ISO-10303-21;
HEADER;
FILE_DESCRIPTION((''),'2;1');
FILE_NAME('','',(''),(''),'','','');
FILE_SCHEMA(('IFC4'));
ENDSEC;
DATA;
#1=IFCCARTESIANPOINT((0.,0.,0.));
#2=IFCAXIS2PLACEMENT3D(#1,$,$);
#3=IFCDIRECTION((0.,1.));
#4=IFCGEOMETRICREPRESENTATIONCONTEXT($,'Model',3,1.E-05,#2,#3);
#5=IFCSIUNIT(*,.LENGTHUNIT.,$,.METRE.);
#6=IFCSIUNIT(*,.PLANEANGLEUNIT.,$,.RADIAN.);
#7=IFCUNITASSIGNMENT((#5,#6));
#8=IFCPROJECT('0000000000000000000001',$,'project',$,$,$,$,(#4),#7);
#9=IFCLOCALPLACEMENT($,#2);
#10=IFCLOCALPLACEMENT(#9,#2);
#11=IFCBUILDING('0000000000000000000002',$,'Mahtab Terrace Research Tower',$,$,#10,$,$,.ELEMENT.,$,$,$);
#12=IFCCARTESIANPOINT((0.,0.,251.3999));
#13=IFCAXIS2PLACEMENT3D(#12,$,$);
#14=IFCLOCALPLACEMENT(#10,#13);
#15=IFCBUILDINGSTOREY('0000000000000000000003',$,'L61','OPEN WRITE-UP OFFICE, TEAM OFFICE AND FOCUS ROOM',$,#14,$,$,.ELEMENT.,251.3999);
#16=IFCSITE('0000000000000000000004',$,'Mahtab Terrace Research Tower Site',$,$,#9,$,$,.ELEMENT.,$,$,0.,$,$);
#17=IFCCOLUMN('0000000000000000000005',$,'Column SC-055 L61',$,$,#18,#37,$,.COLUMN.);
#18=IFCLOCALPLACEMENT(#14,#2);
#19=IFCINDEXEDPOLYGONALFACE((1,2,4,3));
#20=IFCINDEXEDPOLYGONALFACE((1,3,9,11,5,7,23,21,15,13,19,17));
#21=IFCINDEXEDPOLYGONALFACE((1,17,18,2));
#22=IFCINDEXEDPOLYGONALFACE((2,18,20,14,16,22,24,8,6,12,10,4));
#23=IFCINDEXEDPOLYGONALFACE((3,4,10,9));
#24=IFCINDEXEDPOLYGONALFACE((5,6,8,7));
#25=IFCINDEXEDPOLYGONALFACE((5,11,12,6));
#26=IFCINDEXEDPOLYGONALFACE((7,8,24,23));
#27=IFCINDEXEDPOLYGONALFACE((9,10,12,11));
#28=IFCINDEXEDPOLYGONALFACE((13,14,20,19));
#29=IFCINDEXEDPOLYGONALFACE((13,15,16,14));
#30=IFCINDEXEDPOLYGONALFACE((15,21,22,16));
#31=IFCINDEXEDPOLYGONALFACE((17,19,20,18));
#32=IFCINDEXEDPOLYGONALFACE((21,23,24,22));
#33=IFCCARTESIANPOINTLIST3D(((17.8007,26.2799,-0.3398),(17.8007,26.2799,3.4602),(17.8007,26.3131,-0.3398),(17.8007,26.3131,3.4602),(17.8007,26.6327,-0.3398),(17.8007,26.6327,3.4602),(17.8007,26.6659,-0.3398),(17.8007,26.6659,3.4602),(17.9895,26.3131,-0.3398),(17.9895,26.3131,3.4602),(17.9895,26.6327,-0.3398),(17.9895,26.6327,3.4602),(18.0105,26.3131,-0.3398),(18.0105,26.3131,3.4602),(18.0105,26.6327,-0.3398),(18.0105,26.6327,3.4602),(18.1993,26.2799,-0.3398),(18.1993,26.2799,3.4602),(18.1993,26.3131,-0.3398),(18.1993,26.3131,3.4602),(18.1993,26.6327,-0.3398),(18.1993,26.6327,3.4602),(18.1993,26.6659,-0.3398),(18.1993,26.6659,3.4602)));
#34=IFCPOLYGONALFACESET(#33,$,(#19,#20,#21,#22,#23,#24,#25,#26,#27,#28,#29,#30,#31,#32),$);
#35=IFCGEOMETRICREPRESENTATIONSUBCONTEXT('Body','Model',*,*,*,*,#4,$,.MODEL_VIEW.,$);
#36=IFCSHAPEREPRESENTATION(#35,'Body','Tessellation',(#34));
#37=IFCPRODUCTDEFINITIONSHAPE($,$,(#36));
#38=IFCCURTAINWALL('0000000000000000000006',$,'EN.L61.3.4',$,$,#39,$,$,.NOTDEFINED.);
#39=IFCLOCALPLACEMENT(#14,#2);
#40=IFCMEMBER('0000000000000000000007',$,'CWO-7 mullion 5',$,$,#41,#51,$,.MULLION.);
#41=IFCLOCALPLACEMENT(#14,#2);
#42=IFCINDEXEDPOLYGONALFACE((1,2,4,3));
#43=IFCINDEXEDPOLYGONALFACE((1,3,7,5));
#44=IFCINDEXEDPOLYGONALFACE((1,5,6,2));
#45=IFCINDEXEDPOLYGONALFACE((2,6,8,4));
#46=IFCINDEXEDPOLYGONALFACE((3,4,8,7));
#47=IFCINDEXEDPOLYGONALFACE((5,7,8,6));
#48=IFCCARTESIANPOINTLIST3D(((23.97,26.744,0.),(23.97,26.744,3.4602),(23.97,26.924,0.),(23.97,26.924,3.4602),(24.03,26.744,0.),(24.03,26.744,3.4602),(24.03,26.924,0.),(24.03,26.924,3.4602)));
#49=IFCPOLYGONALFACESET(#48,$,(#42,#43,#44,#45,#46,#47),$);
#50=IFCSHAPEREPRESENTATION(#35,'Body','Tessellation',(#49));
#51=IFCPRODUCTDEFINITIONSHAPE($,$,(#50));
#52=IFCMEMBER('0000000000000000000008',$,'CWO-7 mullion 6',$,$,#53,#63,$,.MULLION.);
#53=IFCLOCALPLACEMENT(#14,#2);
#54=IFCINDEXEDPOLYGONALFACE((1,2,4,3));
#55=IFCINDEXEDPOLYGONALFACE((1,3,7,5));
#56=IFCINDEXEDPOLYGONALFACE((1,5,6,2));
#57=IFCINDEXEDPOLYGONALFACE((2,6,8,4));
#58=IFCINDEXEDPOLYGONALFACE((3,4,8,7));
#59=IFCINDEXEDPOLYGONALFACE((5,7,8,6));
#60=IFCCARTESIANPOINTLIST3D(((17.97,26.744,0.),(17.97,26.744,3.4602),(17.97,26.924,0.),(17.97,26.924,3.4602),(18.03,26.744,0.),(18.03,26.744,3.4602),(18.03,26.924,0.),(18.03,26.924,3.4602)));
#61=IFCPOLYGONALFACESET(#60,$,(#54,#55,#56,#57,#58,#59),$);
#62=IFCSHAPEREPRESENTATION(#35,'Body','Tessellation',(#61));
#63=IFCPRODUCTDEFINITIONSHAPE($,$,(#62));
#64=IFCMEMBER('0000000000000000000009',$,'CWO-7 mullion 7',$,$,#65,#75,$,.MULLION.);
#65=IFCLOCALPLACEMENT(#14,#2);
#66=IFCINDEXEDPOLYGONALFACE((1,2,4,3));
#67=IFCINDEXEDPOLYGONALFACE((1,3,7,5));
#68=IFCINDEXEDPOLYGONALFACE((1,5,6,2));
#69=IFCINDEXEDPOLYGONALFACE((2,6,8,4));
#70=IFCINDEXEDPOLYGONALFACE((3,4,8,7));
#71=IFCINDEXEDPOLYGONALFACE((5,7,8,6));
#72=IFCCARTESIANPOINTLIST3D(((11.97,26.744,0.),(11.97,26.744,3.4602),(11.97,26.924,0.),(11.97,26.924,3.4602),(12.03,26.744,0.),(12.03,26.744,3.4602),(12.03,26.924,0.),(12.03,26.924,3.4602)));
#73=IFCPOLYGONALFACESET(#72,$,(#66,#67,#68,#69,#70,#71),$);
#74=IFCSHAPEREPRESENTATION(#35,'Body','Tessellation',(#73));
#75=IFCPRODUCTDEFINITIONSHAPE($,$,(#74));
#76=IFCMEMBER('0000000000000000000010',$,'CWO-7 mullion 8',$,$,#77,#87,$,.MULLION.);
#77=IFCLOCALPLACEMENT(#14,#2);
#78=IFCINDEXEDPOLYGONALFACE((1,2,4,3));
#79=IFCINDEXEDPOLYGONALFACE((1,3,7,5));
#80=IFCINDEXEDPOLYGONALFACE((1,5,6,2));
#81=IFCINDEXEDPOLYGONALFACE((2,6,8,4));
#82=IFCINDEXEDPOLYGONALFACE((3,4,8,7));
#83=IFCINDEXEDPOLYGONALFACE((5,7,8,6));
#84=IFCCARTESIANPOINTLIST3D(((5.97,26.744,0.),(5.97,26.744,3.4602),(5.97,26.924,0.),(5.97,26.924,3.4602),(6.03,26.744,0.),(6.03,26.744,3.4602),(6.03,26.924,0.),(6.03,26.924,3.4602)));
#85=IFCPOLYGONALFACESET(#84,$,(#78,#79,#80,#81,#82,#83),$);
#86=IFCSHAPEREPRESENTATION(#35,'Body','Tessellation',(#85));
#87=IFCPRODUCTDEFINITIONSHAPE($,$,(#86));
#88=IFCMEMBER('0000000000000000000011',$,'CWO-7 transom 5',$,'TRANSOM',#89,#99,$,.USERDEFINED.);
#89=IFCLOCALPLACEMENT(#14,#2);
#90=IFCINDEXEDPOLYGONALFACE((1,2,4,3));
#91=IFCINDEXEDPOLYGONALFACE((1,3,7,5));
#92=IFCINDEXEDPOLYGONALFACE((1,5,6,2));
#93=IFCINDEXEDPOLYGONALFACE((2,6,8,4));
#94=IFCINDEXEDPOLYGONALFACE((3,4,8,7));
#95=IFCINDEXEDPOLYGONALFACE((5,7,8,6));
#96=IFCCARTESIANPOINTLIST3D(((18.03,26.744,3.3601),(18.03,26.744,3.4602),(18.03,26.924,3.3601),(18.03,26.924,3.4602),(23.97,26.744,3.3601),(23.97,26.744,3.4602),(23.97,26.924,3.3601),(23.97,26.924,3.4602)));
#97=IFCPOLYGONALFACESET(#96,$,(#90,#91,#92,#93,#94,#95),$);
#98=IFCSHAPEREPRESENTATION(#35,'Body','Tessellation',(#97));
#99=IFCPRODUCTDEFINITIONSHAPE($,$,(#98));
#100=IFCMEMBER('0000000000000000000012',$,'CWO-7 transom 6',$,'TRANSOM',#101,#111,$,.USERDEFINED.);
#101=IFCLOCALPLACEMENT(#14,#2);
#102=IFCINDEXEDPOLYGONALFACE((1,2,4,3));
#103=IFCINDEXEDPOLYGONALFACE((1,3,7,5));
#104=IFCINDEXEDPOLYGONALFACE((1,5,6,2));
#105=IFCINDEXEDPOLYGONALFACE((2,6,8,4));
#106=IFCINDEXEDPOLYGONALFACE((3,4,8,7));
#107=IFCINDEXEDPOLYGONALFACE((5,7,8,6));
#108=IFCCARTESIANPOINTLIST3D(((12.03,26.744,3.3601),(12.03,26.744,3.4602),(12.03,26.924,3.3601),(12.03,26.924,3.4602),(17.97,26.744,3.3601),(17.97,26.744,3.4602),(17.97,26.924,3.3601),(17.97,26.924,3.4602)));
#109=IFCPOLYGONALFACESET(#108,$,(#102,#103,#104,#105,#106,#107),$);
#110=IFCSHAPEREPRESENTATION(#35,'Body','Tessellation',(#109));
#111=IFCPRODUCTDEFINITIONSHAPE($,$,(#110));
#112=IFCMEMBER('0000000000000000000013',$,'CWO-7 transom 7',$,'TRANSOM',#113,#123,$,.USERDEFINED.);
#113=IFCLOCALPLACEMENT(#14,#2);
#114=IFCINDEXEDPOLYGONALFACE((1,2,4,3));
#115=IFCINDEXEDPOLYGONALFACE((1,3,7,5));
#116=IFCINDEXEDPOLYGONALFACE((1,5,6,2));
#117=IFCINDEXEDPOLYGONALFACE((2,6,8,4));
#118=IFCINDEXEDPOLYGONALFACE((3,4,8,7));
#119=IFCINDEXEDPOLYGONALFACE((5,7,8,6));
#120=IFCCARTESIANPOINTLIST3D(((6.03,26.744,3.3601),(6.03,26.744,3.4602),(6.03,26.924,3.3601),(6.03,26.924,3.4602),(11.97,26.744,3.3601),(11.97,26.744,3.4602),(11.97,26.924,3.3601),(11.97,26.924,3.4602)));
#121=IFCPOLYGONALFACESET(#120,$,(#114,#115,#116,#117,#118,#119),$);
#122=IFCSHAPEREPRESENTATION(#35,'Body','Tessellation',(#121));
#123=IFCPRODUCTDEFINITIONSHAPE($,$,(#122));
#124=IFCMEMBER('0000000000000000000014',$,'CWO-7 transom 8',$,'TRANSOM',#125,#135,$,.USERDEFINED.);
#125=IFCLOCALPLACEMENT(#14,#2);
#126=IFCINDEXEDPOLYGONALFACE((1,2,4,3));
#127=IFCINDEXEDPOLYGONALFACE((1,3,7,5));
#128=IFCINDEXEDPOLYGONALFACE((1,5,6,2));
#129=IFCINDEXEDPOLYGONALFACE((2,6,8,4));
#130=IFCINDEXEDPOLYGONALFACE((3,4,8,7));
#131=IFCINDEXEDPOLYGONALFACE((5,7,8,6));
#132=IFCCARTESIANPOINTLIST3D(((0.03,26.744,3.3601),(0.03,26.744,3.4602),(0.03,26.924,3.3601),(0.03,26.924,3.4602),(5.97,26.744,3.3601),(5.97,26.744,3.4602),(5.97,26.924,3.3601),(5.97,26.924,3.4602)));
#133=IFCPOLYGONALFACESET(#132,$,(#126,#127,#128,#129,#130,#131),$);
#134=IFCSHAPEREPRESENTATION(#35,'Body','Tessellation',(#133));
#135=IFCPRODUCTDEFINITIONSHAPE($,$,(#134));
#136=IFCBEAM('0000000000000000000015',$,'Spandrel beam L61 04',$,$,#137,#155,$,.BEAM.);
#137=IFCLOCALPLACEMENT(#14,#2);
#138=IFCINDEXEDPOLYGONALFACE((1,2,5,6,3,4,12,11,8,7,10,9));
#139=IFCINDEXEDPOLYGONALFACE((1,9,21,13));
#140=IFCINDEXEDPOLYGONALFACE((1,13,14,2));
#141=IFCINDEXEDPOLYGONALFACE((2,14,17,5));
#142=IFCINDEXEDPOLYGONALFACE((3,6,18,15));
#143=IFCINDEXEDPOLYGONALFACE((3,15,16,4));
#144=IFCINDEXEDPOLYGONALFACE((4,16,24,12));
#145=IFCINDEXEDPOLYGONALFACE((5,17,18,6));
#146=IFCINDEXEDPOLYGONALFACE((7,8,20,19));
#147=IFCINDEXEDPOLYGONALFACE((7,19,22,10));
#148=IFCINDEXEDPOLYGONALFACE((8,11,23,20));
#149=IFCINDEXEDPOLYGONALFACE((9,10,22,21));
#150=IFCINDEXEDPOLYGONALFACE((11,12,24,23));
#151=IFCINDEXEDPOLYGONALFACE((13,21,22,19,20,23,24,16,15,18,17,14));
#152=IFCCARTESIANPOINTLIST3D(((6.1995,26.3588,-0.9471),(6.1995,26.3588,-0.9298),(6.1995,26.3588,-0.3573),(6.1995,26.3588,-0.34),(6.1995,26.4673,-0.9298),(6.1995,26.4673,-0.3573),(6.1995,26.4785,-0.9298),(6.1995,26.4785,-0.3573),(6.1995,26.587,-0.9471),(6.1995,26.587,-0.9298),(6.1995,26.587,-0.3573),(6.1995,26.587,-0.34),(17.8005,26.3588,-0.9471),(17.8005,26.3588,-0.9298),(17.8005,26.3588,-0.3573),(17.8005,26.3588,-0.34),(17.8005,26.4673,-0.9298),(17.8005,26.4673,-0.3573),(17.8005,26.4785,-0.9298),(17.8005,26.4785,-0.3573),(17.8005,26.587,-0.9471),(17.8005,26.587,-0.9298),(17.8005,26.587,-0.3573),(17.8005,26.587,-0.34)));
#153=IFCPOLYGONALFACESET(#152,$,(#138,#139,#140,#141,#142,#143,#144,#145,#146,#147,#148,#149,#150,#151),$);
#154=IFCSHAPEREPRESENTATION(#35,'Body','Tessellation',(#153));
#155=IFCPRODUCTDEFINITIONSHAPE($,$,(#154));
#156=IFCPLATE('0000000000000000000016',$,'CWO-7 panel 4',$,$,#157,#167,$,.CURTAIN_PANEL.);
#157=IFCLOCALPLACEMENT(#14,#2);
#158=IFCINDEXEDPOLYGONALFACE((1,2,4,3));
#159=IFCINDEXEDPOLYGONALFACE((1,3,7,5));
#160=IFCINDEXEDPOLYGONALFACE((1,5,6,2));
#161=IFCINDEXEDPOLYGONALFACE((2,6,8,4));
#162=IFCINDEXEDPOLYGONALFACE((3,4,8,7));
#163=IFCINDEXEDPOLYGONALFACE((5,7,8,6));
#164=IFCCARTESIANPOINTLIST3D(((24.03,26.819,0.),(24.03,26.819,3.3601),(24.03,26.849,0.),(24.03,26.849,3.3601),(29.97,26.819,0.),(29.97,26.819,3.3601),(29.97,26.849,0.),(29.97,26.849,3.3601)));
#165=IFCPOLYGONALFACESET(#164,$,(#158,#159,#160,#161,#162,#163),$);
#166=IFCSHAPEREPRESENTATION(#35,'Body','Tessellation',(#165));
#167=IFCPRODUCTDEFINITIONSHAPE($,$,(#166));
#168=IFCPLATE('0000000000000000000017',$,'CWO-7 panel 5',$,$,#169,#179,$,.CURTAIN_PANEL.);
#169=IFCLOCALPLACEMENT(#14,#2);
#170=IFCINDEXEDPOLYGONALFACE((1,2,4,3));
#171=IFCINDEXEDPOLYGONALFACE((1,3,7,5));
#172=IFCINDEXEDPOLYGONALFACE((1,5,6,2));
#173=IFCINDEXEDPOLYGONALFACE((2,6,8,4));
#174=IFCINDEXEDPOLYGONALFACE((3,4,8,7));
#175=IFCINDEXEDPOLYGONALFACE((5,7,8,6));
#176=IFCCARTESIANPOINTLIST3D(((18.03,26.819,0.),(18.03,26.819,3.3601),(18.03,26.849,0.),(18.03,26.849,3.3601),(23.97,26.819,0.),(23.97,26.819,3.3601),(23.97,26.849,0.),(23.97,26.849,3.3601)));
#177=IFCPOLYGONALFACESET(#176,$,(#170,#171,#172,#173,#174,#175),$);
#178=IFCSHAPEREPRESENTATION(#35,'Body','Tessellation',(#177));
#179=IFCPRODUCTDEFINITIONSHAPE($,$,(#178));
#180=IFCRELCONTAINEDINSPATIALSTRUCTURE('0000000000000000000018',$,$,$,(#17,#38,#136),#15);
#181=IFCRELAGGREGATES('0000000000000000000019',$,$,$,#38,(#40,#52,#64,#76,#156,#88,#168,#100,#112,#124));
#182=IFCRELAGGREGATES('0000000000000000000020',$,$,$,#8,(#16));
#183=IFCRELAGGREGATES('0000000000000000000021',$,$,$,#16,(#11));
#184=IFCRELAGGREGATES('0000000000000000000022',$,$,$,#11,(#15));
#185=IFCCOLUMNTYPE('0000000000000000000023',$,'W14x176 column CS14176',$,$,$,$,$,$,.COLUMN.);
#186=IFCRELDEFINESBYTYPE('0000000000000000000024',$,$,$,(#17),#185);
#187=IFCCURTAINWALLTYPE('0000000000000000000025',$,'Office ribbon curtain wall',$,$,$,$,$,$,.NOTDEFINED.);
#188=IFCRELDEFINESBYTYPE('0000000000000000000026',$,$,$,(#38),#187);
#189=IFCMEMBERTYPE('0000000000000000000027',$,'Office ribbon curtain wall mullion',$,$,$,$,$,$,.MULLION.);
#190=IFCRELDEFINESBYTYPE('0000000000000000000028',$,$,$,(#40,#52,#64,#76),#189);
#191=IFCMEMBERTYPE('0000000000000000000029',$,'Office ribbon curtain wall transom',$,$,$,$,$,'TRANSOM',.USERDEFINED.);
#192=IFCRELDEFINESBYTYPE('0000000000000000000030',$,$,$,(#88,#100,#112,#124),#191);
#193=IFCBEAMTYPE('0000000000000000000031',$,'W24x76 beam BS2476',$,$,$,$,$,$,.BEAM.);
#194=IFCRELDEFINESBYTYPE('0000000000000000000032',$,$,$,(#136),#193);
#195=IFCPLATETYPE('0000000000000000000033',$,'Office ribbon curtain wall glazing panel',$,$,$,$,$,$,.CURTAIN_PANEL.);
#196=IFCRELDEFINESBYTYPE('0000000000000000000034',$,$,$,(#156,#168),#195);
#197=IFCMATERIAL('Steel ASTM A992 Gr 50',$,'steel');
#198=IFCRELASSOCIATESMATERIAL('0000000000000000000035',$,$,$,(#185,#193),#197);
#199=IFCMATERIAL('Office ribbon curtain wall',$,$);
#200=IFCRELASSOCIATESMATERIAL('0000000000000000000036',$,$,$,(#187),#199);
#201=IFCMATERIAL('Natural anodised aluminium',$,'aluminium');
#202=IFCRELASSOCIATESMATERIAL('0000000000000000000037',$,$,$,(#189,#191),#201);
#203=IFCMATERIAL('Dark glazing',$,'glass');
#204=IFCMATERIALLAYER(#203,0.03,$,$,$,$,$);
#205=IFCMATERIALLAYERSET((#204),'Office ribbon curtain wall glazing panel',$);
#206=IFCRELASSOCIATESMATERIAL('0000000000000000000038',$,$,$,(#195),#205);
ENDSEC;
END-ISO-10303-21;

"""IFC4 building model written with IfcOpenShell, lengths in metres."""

from ifc_helpers import new_model, si_unit, direction, frame, origin, origin_2d, place, context, subcontext, project, spatial, rectangle, i_section, extrude, material, layer, layer_set, material_profile, profile_set, type_object, element, aggregate, save


model = new_model("IFC4")

# Units and contexts
model_context = context("Model", 3, precision=1e-05, world=origin(), true_north=direction((0.0, 1.0)))
body_context = subcontext(model_context, "Body", "Model", "MODEL_VIEW")
ifc_project = project(units=[si_unit("LENGTHUNIT", "METRE"), si_unit("PLANEANGLEUNIT", "RADIAN")], contexts=[model_context])

# Site, building, storey
site_placement = place(None, origin())
site = spatial("IfcSite", under=ifc_project, at=site_placement, Name="Mahtab Terrace Research Tower Site", CompositionType="ELEMENT", RefElevation=0.0)
building_placement = place(site_placement, origin())
building = spatial("IfcBuilding", under=site, at=building_placement, Name="Mahtab Terrace Research Tower", CompositionType="ELEMENT")
storey_placement = place(building_placement, frame((0.0, 0.0, 251.3999)))
storey = spatial("IfcBuildingStorey", under=building, at=storey_placement, Name="L61", Description="OPEN WRITE-UP OFFICE, TEAM OFFICE AND FOCUS ROOM", CompositionType="ELEMENT", Elevation=251.3999)

# Column
ifc_material_1 = material(Name="Steel ASTM A992 Gr 50", Category="steel")
ifc_material_profile_1 = material_profile(ifc_material_1, i_section(OverallWidth=0.3987, OverallDepth=0.386, WebThickness=0.021, FlangeThickness=0.0332, at=origin_2d()), Name="W14X176")
ifc_profile_set_1 = profile_set([ifc_material_profile_1], Name="Steel ASTM A992 Gr 50")
column_type = type_object("IfcColumnType", Name="W14x176 column CS14176", PredefinedType="COLUMN", material=ifc_profile_set_1)
column_placement = place(storey_placement, frame((18.0, 26.4729, -0.3398), z_axis=(0.0, 0.0, 1.0), x_axis=(1.0, 0.0, 0.0)))
element("IfcColumn", 1, at=column_placement, inside=storey, type_object=column_type, Name="Column SC-055 L61", PredefinedType="COLUMN", context=body_context, shape_type="SweptSolid", body=[
    extrude(i_section(OverallWidth=0.3987, OverallDepth=0.386, WebThickness=0.021, FlangeThickness=0.0332, at=origin_2d()), origin(), (0.0, 0.0, 1.0), 3.8),
])

# Curtain wall, members
ifc_material_2 = material(Name="Office ribbon curtain wall")
curtain_wall_type = type_object("IfcCurtainWallType", Name="Office ribbon curtain wall", PredefinedType="NOTDEFINED", material=ifc_material_2)
curtain_wall_placement = place(storey_placement, origin())
curtain_wall = element("IfcCurtainWall", 2, at=curtain_wall_placement, inside=storey, type_object=curtain_wall_type, Name="EN.L61.3.4", PredefinedType="NOTDEFINED")
ifc_material_3 = material(Name="Natural anodised aluminium", Category="aluminium")
ifc_material_profile_2 = material_profile(ifc_material_3, rectangle(XDim=0.1799, YDim=0.0601, at=origin_2d()), Name="MULLION 60x180")
ifc_profile_set_2 = profile_set([ifc_material_profile_2], Name="Natural anodised aluminium")
member_type_1 = type_object("IfcMemberType", Name="Office ribbon curtain wall mullion", PredefinedType="MULLION", material=ifc_profile_set_2)
member_1_placement = place(storey_placement, frame((24.0, 26.834, 0.0), z_axis=(0.0, 0.0, 1.0), x_axis=(0.0, -1.0, 0.0)))
member_1 = element("IfcMember", 3, at=member_1_placement, type_object=member_type_1, Name="CWO-7 mullion 5", PredefinedType="MULLION", context=body_context, shape_type="SweptSolid", body=[
    extrude(rectangle(XDim=0.1799, YDim=0.0601, at=origin_2d()), origin(), (0.0, 0.0, 1.0), 3.4602),
])
member_2_placement = place(storey_placement, frame((18.0, 26.834, 0.0), z_axis=(0.0, 0.0, 1.0), x_axis=(0.0, -1.0, 0.0)))
member_2 = element("IfcMember", 4, at=member_2_placement, type_object=member_type_1, Name="CWO-7 mullion 6", PredefinedType="MULLION", context=body_context, shape_type="SweptSolid", body=[
    extrude(rectangle(XDim=0.1799, YDim=0.0601, at=origin_2d()), origin(), (0.0, 0.0, 1.0), 3.4602),
])
member_3_placement = place(storey_placement, frame((12.0, 26.834, 0.0), z_axis=(0.0, 0.0, 1.0), x_axis=(0.0, -1.0, 0.0)))
member_3 = element("IfcMember", 5, at=member_3_placement, type_object=member_type_1, Name="CWO-7 mullion 7", PredefinedType="MULLION", context=body_context, shape_type="SweptSolid", body=[
    extrude(rectangle(XDim=0.1799, YDim=0.0601, at=origin_2d()), origin(), (0.0, 0.0, 1.0), 3.4602),
])
member_4_placement = place(storey_placement, frame((6.0, 26.834, 0.0), z_axis=(0.0, 0.0, 1.0), x_axis=(0.0, -1.0, 0.0)))
member_4 = element("IfcMember", 6, at=member_4_placement, type_object=member_type_1, Name="CWO-7 mullion 8", PredefinedType="MULLION", context=body_context, shape_type="SweptSolid", body=[
    extrude(rectangle(XDim=0.1799, YDim=0.0601, at=origin_2d()), origin(), (0.0, 0.0, 1.0), 3.4602),
])
ifc_material_profile_3 = material_profile(ifc_material_3, rectangle(XDim=0.1799, YDim=0.1001, at=origin_2d()), Name="TRANSOM 100x180")
ifc_profile_set_3 = profile_set([ifc_material_profile_3], Name="Natural anodised aluminium")
member_type_2 = type_object("IfcMemberType", Name="Office ribbon curtain wall transom", ElementType="TRANSOM", PredefinedType="USERDEFINED", material=ifc_profile_set_3)
member_5_placement = place(storey_placement, frame((23.97, 26.834, 3.4102), z_axis=(-1.0, 0.0, 0.0), x_axis=(0.0, -1.0, 0.0)))
member_5 = element("IfcMember", 7, at=member_5_placement, type_object=member_type_2, Name="CWO-7 transom 5", ObjectType="TRANSOM", PredefinedType="USERDEFINED", context=body_context, shape_type="SweptSolid", body=[
    extrude(rectangle(XDim=0.1799, YDim=0.1001, at=origin_2d()), origin(), (0.0, 0.0, 1.0), 5.9399),
])
member_6_placement = place(storey_placement, frame((17.97, 26.834, 3.4102), z_axis=(-1.0, 0.0, 0.0), x_axis=(0.0, -1.0, 0.0)))
member_6 = element("IfcMember", 8, at=member_6_placement, type_object=member_type_2, Name="CWO-7 transom 6", ObjectType="TRANSOM", PredefinedType="USERDEFINED", context=body_context, shape_type="SweptSolid", body=[
    extrude(rectangle(XDim=0.1799, YDim=0.1001, at=origin_2d()), origin(), (0.0, 0.0, 1.0), 5.9399),
])
member_7_placement = place(storey_placement, frame((11.97, 26.834, 3.4102), z_axis=(-1.0, 0.0, 0.0), x_axis=(0.0, -1.0, 0.0)))
member_7 = element("IfcMember", 9, at=member_7_placement, type_object=member_type_2, Name="CWO-7 transom 7", ObjectType="TRANSOM", PredefinedType="USERDEFINED", context=body_context, shape_type="SweptSolid", body=[
    extrude(rectangle(XDim=0.1799, YDim=0.1001, at=origin_2d()), origin(), (0.0, 0.0, 1.0), 5.9399),
])
member_8_placement = place(storey_placement, frame((5.97, 26.834, 3.4102), z_axis=(-1.0, 0.0, 0.0), x_axis=(0.0, -1.0, 0.0)))
member_8 = element("IfcMember", 10, at=member_8_placement, type_object=member_type_2, Name="CWO-7 transom 8", ObjectType="TRANSOM", PredefinedType="USERDEFINED", context=body_context, shape_type="SweptSolid", body=[
    extrude(rectangle(XDim=0.1799, YDim=0.1001, at=origin_2d()), origin(), (0.0, 0.0, 1.0), 5.9399),
])

# Beam
ifc_material_profile_4 = material_profile(ifc_material_1, i_section(OverallWidth=0.2283, OverallDepth=0.6072, WebThickness=0.0112, FlangeThickness=0.0173, at=origin_2d()), Name="W24X76")
ifc_profile_set_4 = profile_set([ifc_material_profile_4], Name="Steel ASTM A992 Gr 50")
beam_type = type_object("IfcBeamType", Name="W24x76 beam BS2476", PredefinedType="BEAM", material=ifc_profile_set_4)
beam_placement = place(storey_placement, frame((17.8005, 26.4729, -0.6436), z_axis=(-1.0, 0.0, 0.0), x_axis=(0.0, -1.0, 0.0)))
element("IfcBeam", 11, at=beam_placement, inside=storey, type_object=beam_type, Name="Spandrel beam L61 04", PredefinedType="BEAM", context=body_context, shape_type="SweptSolid", body=[
    extrude(i_section(OverallWidth=0.2283, OverallDepth=0.6072, WebThickness=0.0112, FlangeThickness=0.0173, at=origin_2d()), origin(), (0.0, 0.0, 1.0), 11.6011),
])

# Plates
ifc_material_4 = material(Name="Dark glazing", Category="glass")
ifc_layer_1 = layer(ifc_material_4, 0.03)
ifc_layer_set_1 = layer_set([ifc_layer_1], Name="Office ribbon curtain wall glazing panel")
plate_type = type_object("IfcPlateType", Name="Office ribbon curtain wall glazing panel", PredefinedType="CURTAIN_PANEL", material=ifc_layer_set_1)
plate_1_placement = place(storey_placement, frame((27.0, 26.834, 0.0), z_axis=(0.0, 0.0, 1.0), x_axis=(-1.0, 0.0, 0.0)))
plate_1 = element("IfcPlate", 12, at=plate_1_placement, type_object=plate_type, Name="CWO-7 panel 4", PredefinedType="CURTAIN_PANEL", context=body_context, shape_type="SweptSolid", body=[
    extrude(rectangle(XDim=5.9399, YDim=0.03, at=origin_2d()), origin(), (0.0, 0.0, 1.0), 3.3601),
])
plate_2_placement = place(storey_placement, frame((21.0, 26.834, 0.0), z_axis=(0.0, 0.0, 1.0), x_axis=(-1.0, 0.0, 0.0)))
plate_2 = element("IfcPlate", 13, at=plate_2_placement, type_object=plate_type, Name="CWO-7 panel 5", PredefinedType="CURTAIN_PANEL", context=body_context, shape_type="SweptSolid", body=[
    extrude(rectangle(XDim=5.9399, YDim=0.03, at=origin_2d()), origin(), (0.0, 0.0, 1.0), 3.3601),
])
aggregate(curtain_wall, [member_1, member_2, member_3, member_4, plate_1, member_5, plate_2, member_6, member_7, member_8])

save(model, "model.ifc")
